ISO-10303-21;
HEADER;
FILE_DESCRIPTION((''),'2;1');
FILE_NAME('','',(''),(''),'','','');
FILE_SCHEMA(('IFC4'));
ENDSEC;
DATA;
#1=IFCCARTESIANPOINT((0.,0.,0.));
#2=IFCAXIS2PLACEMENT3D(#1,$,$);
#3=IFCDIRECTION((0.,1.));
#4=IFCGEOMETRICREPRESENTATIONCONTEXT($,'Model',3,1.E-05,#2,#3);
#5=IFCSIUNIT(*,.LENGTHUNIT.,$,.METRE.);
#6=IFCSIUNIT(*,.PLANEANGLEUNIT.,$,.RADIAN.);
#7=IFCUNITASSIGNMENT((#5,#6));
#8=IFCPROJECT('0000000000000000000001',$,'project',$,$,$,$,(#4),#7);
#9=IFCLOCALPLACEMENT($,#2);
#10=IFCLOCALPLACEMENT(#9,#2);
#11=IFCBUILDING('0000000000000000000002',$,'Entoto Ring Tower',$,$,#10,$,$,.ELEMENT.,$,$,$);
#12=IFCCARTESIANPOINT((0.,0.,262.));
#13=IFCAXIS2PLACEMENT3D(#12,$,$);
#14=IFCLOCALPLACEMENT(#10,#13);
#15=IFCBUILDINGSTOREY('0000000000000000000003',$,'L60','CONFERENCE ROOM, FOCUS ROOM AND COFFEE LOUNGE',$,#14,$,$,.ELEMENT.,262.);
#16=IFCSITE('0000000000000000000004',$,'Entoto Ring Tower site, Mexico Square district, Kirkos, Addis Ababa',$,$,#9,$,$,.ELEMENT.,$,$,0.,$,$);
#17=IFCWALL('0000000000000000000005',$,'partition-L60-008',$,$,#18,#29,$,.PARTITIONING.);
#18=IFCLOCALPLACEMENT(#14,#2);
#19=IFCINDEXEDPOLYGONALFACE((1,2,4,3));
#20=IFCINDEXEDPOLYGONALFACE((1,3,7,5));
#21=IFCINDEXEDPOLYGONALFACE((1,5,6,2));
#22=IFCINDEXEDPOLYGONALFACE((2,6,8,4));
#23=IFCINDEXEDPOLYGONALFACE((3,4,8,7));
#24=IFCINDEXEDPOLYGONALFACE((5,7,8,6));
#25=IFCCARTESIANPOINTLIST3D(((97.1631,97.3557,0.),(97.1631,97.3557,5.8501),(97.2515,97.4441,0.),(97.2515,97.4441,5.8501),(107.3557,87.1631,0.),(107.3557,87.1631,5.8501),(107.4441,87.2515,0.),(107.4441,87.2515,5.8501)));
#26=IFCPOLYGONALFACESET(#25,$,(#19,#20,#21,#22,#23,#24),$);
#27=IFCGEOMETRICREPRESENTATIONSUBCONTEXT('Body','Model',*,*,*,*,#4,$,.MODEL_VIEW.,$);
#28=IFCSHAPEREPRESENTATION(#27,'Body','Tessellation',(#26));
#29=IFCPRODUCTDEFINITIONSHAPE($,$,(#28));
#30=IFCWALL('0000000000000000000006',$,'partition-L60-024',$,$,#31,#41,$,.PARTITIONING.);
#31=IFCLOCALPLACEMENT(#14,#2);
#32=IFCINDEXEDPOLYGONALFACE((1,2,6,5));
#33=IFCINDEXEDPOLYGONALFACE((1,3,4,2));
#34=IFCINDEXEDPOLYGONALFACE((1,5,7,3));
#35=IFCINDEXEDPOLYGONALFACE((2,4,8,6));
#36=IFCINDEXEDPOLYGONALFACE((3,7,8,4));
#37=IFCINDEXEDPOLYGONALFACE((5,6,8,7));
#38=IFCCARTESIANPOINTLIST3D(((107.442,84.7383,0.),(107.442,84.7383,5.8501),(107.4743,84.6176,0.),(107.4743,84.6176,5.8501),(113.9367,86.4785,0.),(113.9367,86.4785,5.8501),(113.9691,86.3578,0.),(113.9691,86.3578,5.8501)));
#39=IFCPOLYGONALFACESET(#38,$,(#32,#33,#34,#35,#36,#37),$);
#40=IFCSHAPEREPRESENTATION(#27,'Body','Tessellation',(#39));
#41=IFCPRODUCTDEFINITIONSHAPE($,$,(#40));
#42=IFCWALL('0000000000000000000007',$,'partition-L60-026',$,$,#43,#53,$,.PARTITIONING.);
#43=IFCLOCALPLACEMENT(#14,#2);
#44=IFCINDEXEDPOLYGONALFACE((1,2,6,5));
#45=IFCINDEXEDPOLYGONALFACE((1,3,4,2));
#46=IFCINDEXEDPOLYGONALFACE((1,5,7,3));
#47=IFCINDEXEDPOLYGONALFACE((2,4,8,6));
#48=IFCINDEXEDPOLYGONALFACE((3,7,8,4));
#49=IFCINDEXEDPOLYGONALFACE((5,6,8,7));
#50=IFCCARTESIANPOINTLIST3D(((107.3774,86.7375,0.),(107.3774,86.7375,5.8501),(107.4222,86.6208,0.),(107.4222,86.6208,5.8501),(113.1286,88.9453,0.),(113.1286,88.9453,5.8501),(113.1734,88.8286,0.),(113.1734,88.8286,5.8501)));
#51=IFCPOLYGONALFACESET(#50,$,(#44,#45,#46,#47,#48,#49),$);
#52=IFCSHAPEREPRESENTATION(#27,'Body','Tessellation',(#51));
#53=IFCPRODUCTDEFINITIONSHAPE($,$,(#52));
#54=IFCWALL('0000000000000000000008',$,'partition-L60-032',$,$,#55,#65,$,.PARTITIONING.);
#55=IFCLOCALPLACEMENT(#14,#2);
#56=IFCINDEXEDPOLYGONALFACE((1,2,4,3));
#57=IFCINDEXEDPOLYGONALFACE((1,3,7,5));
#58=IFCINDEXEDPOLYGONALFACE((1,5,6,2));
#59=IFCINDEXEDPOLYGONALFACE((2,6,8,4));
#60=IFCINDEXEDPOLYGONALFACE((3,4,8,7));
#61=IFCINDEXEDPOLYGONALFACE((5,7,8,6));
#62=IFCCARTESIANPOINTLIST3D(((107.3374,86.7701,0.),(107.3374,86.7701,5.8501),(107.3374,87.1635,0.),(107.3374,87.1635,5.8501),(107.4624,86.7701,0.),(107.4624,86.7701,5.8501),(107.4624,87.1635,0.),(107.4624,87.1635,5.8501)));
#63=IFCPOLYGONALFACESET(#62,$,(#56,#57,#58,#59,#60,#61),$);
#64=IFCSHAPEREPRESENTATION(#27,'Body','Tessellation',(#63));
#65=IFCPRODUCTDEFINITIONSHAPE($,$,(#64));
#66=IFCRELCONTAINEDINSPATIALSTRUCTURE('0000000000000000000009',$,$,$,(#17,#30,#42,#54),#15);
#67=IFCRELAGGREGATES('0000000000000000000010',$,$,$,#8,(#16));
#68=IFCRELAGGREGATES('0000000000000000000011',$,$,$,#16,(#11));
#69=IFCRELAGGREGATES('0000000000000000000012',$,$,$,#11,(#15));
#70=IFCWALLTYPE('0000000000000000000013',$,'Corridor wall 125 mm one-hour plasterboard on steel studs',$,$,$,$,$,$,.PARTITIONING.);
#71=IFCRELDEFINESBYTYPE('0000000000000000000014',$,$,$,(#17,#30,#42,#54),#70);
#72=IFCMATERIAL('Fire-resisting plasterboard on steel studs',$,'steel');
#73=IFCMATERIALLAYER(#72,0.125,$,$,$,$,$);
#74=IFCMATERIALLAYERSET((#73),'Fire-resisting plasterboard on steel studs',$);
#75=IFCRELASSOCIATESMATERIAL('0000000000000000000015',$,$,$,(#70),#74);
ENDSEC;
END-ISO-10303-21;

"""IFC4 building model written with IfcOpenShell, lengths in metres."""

from ifc_helpers import new_model, si_unit, direction, frame, frame_2d, origin, place, context, subcontext, project, spatial, rectangle, extrude, material, layer, layer_set, type_object, element, save


model = new_model("IFC4")

# Units and contexts
model_context = context("Model", 3, precision=1e-05, world=origin(), true_north=direction((0.0, 1.0)))
body_context = subcontext(model_context, "Body", "Model", "MODEL_VIEW")
ifc_project = project(units=[si_unit("LENGTHUNIT", "METRE"), si_unit("PLANEANGLEUNIT", "RADIAN")], contexts=[model_context])

# Site, building, storey
site_placement = place(None, origin())
site = spatial("IfcSite", under=ifc_project, at=site_placement, Name="Entoto Ring Tower site, Mexico Square district, Kirkos, Addis Ababa", CompositionType="ELEMENT", RefElevation=0.0)
building_placement = place(site_placement, origin())
building = spatial("IfcBuilding", under=site, at=building_placement, Name="Entoto Ring Tower", CompositionType="ELEMENT")
storey_placement = place(building_placement, frame((0.0, 0.0, 262.0)))
storey = spatial("IfcBuildingStorey", under=building, at=storey_placement, Name="L60", Description="CONFERENCE ROOM, FOCUS ROOM AND COFFEE LOUNGE", CompositionType="ELEMENT", Elevation=262.0)

# Shared definitions
ifc_material_1 = material(Name="Fire-resisting plasterboard on steel studs", Category="steel")
ifc_layer_1 = layer(ifc_material_1, 0.125)
ifc_layer_set_1 = layer_set([ifc_layer_1], Name="Fire-resisting plasterboard on steel studs")
wall_type_1 = type_object("IfcWallType", Name="Corridor wall 125 mm one-hour plasterboard on steel studs", PredefinedType="PARTITIONING", material=ifc_layer_set_1)

# Walls
wall_1_placement = place(storey_placement, frame((107.3999, 87.2073, 0.0), z_axis=(0.0, 0.0, 1.0), x_axis=(-0.707107, 0.707107, 0.0)))
element("IfcWall", 1, at=wall_1_placement, inside=storey, type_object=wall_type_1, Name="partition-L60-008", PredefinedType="PARTITIONING", context=body_context, shape_type="SweptSolid", body=[
    extrude(rectangle(XDim=14.4146, YDim=0.125, at=frame_2d((7.2073, 0.0))), origin(), (0.0, 0.0, 1.0), 5.8501),
])
wall_2_placement = place(storey_placement, frame((107.4583, 84.678, 0.0), z_axis=(0.0, 0.0, 1.0), x_axis=(0.965928, 0.25881, 0.0)))
element("IfcWall", 2, at=wall_2_placement, inside=storey, type_object=wall_type_1, Name="partition-L60-024", PredefinedType="PARTITIONING", context=body_context, shape_type="SweptSolid", body=[
    extrude(rectangle(XDim=6.7239, YDim=0.125, at=frame_2d((3.3618, 0.0))), origin(), (0.0, 0.0, 1.0), 5.8501),
])
wall_3_placement = place(storey_placement, frame((107.3999, 86.6792, 0.0), z_axis=(0.0, 0.0, 1.0), x_axis=(0.933576, 0.358379, 0.0)))
element("IfcWall", 3, at=wall_3_placement, inside=storey, type_object=wall_type_1, Name="partition-L60-026", PredefinedType="PARTITIONING", context=body_context, shape_type="SweptSolid", body=[
    extrude(rectangle(XDim=6.1604, YDim=0.125, at=frame_2d((3.0801, 0.0))), origin(), (0.0, 0.0, 1.0), 5.8501),
])
wall_4_placement = place(storey_placement, frame((107.3999, 86.77, 0.0), z_axis=(0.0, 0.0, 1.0), x_axis=(0.0, 1.0, 0.0)))
element("IfcWall", 4, at=wall_4_placement, inside=storey, type_object=wall_type_1, Name="partition-L60-032", PredefinedType="PARTITIONING", context=body_context, shape_type="SweptSolid", body=[
    extrude(rectangle(XDim=0.3933, YDim=0.125, at=frame_2d((0.1968, 0.0))), origin(), (0.0, 0.0, 1.0), 5.8501),
])

save(model, "model.ifc")
